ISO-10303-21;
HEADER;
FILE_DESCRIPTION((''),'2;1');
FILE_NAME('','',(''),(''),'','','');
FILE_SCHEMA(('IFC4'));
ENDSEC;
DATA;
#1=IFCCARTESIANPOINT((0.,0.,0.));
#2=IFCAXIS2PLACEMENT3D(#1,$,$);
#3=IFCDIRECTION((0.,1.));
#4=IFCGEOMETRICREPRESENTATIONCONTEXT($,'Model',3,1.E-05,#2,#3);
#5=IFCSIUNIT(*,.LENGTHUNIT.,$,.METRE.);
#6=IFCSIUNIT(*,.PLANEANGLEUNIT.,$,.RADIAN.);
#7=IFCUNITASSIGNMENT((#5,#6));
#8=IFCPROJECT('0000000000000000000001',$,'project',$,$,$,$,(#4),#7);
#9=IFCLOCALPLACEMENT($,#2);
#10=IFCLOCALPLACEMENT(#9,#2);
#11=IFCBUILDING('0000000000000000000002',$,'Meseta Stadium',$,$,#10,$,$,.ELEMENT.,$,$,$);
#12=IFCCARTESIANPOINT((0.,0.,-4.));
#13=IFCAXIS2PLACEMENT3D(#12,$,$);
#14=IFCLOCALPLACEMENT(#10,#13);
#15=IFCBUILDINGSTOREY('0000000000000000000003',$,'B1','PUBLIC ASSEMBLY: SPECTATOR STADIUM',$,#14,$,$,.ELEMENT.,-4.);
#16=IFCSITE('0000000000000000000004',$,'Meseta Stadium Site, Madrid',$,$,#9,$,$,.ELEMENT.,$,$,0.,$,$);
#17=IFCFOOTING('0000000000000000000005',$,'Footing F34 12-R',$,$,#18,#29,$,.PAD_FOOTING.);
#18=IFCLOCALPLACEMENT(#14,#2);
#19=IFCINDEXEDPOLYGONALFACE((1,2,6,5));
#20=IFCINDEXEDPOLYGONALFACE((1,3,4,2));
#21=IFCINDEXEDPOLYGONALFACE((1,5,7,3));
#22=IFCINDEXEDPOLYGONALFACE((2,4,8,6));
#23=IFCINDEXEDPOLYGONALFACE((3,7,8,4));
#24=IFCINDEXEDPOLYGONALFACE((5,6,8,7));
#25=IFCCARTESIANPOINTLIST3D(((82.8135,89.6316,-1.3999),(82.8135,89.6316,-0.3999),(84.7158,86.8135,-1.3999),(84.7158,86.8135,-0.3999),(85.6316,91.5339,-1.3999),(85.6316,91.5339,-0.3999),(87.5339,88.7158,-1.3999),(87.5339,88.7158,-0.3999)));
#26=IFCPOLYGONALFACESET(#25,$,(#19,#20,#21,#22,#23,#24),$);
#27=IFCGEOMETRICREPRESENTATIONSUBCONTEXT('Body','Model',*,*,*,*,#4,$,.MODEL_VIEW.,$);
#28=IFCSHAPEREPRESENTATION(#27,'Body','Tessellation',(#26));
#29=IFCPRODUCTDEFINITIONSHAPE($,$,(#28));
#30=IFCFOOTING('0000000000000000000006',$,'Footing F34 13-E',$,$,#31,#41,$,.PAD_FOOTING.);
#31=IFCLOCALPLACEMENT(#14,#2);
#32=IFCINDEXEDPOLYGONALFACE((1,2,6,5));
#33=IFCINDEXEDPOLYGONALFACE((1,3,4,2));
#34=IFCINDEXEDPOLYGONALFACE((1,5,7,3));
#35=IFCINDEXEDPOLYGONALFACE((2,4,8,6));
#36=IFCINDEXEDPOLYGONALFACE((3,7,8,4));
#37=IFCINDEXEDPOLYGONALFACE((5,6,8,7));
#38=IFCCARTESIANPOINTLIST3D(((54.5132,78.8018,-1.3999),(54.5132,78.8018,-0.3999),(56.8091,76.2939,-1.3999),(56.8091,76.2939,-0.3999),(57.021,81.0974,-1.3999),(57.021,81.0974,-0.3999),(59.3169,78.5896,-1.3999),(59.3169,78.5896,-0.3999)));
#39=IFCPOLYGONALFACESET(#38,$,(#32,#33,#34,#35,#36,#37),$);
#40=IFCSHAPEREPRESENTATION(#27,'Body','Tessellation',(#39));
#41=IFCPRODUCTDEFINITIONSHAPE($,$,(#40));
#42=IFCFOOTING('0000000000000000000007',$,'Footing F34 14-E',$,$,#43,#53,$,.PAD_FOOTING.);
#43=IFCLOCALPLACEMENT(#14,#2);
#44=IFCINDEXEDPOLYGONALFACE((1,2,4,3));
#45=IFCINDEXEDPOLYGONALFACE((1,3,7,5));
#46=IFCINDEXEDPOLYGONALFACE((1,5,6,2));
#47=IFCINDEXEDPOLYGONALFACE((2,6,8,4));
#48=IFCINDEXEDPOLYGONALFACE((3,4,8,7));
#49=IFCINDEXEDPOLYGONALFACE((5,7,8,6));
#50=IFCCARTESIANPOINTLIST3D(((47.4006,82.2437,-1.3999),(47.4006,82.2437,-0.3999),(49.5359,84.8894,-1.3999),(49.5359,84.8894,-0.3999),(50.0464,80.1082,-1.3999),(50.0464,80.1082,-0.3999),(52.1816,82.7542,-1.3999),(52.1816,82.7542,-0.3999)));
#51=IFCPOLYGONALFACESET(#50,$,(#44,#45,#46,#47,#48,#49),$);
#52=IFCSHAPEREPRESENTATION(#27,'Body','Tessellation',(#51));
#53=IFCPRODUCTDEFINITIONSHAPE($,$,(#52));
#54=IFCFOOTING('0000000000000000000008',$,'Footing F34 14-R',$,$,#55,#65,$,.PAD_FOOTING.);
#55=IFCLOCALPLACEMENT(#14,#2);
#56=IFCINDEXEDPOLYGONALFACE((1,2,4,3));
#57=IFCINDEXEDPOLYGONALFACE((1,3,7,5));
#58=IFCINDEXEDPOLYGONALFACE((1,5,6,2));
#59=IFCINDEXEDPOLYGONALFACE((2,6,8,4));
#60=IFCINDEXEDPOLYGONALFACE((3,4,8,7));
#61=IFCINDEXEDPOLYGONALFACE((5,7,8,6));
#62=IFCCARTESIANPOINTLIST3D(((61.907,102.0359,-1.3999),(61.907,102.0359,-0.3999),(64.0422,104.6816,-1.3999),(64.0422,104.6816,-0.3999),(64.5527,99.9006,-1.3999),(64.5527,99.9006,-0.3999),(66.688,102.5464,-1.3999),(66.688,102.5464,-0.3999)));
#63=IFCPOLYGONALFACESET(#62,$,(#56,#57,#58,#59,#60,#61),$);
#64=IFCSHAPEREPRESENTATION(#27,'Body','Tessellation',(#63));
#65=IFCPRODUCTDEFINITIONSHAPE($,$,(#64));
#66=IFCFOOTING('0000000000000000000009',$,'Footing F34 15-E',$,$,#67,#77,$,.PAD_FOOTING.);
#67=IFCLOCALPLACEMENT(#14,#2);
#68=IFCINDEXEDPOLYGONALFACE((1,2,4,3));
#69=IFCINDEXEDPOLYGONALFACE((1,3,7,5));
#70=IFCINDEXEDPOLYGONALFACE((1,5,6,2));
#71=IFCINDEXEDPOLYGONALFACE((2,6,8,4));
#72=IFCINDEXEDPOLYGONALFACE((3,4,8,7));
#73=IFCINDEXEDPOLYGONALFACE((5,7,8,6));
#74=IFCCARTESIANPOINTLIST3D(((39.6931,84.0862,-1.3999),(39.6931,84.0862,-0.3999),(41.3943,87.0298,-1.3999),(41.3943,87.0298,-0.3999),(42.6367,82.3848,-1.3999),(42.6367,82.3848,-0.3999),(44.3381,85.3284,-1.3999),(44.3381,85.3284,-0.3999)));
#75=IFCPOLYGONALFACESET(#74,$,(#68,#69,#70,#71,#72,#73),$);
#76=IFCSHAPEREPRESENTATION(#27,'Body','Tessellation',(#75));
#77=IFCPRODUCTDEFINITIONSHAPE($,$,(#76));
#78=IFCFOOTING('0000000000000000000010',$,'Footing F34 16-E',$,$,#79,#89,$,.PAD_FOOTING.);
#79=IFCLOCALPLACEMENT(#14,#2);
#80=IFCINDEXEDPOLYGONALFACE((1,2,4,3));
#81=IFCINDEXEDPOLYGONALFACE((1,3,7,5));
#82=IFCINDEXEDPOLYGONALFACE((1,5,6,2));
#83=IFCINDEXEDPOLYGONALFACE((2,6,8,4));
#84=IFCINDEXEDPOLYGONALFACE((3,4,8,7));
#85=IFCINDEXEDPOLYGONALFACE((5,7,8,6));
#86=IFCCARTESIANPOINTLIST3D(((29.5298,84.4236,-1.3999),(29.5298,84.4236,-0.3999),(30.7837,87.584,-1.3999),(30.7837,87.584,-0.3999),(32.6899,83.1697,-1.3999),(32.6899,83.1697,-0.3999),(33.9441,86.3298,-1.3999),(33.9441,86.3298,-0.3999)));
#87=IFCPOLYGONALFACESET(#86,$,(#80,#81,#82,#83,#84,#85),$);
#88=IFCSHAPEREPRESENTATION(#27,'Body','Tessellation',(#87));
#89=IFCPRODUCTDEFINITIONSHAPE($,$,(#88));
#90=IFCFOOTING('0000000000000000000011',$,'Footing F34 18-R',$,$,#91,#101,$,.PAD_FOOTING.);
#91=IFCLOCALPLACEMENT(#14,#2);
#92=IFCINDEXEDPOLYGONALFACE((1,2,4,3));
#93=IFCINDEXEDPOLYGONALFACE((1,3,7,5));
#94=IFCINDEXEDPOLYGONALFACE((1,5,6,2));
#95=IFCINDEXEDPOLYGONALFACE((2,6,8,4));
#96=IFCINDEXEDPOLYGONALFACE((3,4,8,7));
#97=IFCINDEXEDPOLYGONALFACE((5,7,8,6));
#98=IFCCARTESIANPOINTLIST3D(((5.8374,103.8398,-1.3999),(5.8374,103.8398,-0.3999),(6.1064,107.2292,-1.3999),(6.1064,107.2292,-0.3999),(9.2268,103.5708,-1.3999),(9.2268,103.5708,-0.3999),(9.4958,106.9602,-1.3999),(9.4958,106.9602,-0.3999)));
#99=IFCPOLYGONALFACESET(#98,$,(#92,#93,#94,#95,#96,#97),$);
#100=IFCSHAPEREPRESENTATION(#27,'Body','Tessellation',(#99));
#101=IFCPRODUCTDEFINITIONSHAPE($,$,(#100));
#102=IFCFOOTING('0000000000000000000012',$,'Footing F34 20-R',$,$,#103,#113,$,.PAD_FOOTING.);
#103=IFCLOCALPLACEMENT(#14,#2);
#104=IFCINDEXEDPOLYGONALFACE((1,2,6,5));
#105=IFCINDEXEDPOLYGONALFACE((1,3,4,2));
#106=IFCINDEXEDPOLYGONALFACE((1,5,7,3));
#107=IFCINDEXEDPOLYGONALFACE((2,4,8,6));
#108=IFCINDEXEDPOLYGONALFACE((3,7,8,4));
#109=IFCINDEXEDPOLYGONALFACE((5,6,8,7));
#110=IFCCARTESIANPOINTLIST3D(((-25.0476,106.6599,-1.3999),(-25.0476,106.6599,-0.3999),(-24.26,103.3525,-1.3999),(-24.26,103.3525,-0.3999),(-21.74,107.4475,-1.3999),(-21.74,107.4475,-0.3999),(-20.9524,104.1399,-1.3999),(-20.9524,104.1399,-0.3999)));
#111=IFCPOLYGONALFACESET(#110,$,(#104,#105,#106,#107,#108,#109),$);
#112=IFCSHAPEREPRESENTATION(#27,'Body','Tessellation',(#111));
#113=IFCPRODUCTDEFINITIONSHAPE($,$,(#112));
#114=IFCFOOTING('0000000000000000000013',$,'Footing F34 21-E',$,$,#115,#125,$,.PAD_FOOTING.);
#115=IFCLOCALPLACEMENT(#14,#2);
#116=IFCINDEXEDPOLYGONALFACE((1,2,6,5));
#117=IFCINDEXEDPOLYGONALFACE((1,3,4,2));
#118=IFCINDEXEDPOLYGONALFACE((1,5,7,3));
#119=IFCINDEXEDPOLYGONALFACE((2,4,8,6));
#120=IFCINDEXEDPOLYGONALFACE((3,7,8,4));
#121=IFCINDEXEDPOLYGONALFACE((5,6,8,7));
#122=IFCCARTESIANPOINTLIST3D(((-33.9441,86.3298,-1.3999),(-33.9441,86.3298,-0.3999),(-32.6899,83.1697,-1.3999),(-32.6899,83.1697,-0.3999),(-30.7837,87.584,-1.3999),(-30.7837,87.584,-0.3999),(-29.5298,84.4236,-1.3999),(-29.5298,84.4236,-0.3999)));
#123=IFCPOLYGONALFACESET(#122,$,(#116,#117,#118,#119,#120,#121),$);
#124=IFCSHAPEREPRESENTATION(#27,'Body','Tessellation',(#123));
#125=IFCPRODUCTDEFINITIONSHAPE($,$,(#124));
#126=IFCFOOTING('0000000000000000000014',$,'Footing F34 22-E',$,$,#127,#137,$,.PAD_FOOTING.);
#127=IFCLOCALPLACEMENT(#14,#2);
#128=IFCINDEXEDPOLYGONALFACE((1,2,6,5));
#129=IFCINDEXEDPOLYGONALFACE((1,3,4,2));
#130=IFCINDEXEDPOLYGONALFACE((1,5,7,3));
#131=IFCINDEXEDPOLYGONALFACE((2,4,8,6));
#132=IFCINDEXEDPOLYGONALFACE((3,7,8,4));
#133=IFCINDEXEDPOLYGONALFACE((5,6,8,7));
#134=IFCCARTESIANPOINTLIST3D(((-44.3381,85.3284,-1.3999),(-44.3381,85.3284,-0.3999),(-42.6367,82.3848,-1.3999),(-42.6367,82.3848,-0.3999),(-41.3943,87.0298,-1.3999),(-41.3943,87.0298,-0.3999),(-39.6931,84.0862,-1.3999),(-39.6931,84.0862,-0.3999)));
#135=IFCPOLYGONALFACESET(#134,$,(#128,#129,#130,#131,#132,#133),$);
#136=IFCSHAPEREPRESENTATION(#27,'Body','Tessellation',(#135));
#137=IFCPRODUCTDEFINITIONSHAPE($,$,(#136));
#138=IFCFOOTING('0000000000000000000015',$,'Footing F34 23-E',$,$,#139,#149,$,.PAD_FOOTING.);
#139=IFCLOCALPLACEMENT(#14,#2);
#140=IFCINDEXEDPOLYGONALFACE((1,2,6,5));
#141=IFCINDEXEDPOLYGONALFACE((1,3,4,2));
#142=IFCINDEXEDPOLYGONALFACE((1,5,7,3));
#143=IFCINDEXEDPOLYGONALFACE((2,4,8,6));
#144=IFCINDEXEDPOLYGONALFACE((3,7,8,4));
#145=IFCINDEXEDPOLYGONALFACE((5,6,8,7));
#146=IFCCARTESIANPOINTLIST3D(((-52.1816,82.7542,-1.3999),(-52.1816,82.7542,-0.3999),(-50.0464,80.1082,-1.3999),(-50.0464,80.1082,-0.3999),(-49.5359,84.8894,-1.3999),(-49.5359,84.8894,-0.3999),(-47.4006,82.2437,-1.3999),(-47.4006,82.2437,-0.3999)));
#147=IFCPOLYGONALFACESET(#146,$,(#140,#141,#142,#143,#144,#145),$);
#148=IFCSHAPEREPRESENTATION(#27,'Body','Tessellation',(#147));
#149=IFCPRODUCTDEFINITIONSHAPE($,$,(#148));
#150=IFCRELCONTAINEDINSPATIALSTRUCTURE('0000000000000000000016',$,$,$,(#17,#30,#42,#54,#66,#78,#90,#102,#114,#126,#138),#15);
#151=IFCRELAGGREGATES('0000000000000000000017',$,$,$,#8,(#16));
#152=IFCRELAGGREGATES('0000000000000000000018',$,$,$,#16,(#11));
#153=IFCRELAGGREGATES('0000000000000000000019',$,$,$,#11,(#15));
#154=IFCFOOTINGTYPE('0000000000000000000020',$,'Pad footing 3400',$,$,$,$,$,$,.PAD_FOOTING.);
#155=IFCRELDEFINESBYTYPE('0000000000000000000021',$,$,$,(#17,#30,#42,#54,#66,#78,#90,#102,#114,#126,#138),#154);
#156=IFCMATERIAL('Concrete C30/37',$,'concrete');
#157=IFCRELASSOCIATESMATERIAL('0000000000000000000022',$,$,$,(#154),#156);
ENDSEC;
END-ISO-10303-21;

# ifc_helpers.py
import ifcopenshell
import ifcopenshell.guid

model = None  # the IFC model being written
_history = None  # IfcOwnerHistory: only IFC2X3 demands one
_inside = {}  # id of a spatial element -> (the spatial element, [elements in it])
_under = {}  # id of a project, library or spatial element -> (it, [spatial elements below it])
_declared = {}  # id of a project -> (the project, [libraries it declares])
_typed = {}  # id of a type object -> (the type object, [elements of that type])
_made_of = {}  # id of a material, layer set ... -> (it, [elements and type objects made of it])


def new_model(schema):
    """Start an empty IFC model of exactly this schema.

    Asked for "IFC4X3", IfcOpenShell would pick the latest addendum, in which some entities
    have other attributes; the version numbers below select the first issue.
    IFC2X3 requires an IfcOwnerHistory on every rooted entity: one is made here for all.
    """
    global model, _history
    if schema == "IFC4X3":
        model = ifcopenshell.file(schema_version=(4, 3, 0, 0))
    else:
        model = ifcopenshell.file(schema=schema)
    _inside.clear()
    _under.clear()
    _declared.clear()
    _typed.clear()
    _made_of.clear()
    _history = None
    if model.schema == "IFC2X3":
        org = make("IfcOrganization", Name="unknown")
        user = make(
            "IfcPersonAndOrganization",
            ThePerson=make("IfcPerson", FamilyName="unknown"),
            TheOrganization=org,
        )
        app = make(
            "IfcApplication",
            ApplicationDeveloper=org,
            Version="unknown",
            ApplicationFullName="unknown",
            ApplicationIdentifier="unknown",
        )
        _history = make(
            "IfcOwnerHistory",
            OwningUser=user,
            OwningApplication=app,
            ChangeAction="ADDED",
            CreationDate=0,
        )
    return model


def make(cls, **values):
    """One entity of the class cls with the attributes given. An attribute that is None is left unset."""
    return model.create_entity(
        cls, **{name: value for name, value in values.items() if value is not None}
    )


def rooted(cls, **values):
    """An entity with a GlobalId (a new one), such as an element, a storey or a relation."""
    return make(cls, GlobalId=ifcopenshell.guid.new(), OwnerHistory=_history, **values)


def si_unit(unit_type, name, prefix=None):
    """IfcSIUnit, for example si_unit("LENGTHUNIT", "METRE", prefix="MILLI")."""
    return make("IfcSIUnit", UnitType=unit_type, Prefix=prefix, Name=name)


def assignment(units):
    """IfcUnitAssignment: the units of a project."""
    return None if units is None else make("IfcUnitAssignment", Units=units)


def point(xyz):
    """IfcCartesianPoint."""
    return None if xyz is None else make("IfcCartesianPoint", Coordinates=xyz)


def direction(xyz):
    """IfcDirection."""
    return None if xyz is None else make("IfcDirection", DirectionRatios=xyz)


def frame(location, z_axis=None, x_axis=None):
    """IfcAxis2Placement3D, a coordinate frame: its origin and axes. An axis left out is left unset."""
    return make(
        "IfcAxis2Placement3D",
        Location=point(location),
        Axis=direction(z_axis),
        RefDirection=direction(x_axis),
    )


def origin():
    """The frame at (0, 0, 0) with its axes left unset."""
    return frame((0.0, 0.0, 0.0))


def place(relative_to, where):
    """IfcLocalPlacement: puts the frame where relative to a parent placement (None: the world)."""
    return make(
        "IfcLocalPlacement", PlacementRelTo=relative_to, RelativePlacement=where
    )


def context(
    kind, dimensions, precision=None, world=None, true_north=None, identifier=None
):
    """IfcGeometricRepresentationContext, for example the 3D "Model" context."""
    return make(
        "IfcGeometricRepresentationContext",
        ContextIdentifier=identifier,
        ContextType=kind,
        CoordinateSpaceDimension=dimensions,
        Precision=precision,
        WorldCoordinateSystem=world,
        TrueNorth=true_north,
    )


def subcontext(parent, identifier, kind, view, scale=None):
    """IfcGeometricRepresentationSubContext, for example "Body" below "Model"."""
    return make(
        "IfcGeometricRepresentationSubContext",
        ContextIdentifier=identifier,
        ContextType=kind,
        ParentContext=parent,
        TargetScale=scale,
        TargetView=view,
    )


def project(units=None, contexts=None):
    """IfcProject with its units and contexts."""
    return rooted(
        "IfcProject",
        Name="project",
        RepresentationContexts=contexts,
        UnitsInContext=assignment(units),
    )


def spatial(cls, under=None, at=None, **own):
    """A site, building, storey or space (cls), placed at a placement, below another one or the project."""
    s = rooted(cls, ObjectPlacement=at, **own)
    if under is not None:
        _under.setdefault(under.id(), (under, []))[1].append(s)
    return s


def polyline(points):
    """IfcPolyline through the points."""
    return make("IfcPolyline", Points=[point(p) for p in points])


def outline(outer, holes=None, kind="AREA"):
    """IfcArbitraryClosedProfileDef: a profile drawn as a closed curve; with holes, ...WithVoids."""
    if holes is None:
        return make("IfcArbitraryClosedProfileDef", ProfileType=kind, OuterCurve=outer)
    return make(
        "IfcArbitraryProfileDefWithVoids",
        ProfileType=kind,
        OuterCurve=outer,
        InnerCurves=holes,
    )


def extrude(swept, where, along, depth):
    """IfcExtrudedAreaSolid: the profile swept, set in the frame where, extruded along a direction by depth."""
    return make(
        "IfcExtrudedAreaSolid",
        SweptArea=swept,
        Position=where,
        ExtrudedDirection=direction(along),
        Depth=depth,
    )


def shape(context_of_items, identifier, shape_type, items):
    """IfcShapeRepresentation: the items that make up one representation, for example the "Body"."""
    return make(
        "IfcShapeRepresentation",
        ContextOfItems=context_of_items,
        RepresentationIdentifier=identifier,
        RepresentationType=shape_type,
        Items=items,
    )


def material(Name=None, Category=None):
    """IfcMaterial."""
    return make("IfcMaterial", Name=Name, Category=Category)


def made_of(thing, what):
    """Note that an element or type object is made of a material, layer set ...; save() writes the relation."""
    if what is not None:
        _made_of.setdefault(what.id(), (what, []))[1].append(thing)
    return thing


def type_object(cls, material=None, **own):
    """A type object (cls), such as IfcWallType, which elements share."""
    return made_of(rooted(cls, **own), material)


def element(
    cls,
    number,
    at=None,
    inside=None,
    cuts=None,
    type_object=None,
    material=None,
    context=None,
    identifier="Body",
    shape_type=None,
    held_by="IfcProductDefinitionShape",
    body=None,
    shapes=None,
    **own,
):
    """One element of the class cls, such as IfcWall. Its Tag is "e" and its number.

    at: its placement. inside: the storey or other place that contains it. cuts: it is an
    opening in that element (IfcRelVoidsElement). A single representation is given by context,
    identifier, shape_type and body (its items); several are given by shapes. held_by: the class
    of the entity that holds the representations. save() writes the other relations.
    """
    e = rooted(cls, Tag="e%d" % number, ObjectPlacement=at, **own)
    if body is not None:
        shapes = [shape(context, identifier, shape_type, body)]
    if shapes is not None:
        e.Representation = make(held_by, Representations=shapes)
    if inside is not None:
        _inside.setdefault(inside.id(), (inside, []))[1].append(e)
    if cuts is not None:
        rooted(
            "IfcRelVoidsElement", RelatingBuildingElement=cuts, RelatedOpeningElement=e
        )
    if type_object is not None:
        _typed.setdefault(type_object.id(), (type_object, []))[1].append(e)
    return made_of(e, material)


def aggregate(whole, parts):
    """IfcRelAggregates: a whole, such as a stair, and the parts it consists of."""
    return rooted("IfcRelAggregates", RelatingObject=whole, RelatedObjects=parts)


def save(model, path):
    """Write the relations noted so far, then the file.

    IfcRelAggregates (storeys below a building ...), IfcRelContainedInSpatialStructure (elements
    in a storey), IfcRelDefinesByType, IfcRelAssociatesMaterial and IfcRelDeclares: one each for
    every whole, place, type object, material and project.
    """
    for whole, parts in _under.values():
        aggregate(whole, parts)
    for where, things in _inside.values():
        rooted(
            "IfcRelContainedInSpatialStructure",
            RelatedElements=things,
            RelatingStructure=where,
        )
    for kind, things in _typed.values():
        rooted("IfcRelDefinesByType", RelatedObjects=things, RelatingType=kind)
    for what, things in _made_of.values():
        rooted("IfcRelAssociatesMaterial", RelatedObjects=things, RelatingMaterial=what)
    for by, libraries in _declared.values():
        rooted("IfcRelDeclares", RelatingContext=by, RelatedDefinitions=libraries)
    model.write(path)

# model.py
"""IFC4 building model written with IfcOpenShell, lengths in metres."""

from ifc_helpers import new_model, si_unit, direction, frame, origin, place, context, subcontext, project, spatial, polyline, outline, extrude, material, type_object, element, save


model = new_model("IFC4")

# Units and contexts
model_context = context("Model", 3, precision=1e-05, world=origin(), true_north=direction((0.0, 1.0)))
body_context = subcontext(model_context, "Body", "Model", "MODEL_VIEW")
ifc_project = project(units=[si_unit("LENGTHUNIT", "METRE"), si_unit("PLANEANGLEUNIT", "RADIAN")], contexts=[model_context])

# Site, building, storey
site_placement = place(None, origin())
site = spatial("IfcSite", under=ifc_project, at=site_placement, Name="Meseta Stadium Site, Madrid", CompositionType="ELEMENT", RefElevation=0.0)
building_placement = place(site_placement, origin())
building = spatial("IfcBuilding", under=site, at=building_placement, Name="Meseta Stadium", CompositionType="ELEMENT")
storey_placement = place(building_placement, frame((0.0, 0.0, -4.0)))
storey = spatial("IfcBuildingStorey", under=building, at=storey_placement, Name="B1", Description="PUBLIC ASSEMBLY: SPECTATOR STADIUM", CompositionType="ELEMENT", Elevation=-4.0)

# Footings
ifc_material_1 = material(Name="Concrete C30/37", Category="concrete")
footing_type_1 = type_object("IfcFootingType", Name="Pad footing 3400", PredefinedType="PAD_FOOTING", material=ifc_material_1)
footing_1_placement = place(storey_placement, frame((0.0, 0.0, -1.3999)))
element("IfcFooting", 1, at=footing_1_placement, inside=storey, type_object=footing_type_1, Name="Footing F34 12-R", PredefinedType="PAD_FOOTING", context=body_context, shape_type="SweptSolid", body=[
    extrude(outline(polyline([(84.7158, 86.8135), (87.5339, 88.7158), (85.6316, 91.5339), (82.8135, 89.6316), (84.7158, 86.8135)])), origin(), (0.0, 0.0, 1.0), 1.0),
])
footing_2_placement = place(storey_placement, frame((0.0, 0.0, -1.3999)))
element("IfcFooting", 2, at=footing_2_placement, inside=storey, type_object=footing_type_1, Name="Footing F34 13-E", PredefinedType="PAD_FOOTING", context=body_context, shape_type="SweptSolid", body=[
    extrude(outline(polyline([(56.8091, 76.2939), (59.3169, 78.5896), (57.021, 81.0974), (54.5132, 78.8018), (56.8091, 76.2939)])), origin(), (0.0, 0.0, 1.0), 1.0),
])
footing_3_placement = place(storey_placement, frame((0.0, 0.0, -1.3999)))
element("IfcFooting", 3, at=footing_3_placement, inside=storey, type_object=footing_type_1, Name="Footing F34 14-E", PredefinedType="PAD_FOOTING", context=body_context, shape_type="SweptSolid", body=[
    extrude(outline(polyline([(50.0464, 80.1082), (52.1816, 82.7542), (49.5359, 84.8894), (47.4006, 82.2437), (50.0464, 80.1082)])), origin(), (0.0, 0.0, 1.0), 1.0),
])
footing_4_placement = place(storey_placement, frame((0.0, 0.0, -1.3999)))
element("IfcFooting", 4, at=footing_4_placement, inside=storey, type_object=footing_type_1, Name="Footing F34 14-R", PredefinedType="PAD_FOOTING", context=body_context, shape_type="SweptSolid", body=[
    extrude(outline(polyline([(64.5527, 99.9006), (66.688, 102.5464), (64.0422, 104.6816), (61.907, 102.0359), (64.5527, 99.9006)])), origin(), (0.0, 0.0, 1.0), 1.0),
])
footing_5_placement = place(storey_placement, frame((0.0, 0.0, -1.3999)))
element("IfcFooting", 5, at=footing_5_placement, inside=storey, type_object=footing_type_1, Name="Footing F34 15-E", PredefinedType="PAD_FOOTING", context=body_context, shape_type="SweptSolid", body=[
    extrude(outline(polyline([(42.6367, 82.3848), (44.3381, 85.3284), (41.3943, 87.0298), (39.6931, 84.0862), (42.6367, 82.3848)])), origin(), (0.0, 0.0, 1.0), 1.0),
])
footing_6_placement = place(storey_placement, frame((0.0, 0.0, -1.3999)))
element("IfcFooting", 6, at=footing_6_placement, inside=storey, type_object=footing_type_1, Name="Footing F34 16-E", PredefinedType="PAD_FOOTING", context=body_context, shape_type="SweptSolid", body=[
    extrude(outline(polyline([(32.6899, 83.1697), (33.9441, 86.3298), (30.7837, 87.584), (29.5298, 84.4236), (32.6899, 83.1697)])), origin(), (0.0, 0.0, 1.0), 1.0),
])
footing_7_placement = place(storey_placement, frame((0.0, 0.0, -1.3999)))
element("IfcFooting", 7, at=footing_7_placement, inside=storey, type_object=footing_type_1, Name="Footing F34 18-R", PredefinedType="PAD_FOOTING", context=body_context, shape_type="SweptSolid", body=[
    extrude(outline(polyline([(9.2268, 103.5708), (9.4958, 106.9602), (6.1064, 107.2292), (5.8374, 103.8398), (9.2268, 103.5708)])), origin(), (0.0, 0.0, 1.0), 1.0),
])
footing_8_placement = place(storey_placement, frame((0.0, 0.0, -1.3999)))
element("IfcFooting", 8, at=footing_8_placement, inside=storey, type_object=footing_type_1, Name="Footing F34 20-R", PredefinedType="PAD_FOOTING", context=body_context, shape_type="SweptSolid", body=[
    extrude(outline(polyline([(-20.9524, 104.1399), (-21.74, 107.4475), (-25.0476, 106.6599), (-24.26, 103.3525), (-20.9524, 104.1399)])), origin(), (0.0, 0.0, 1.0), 1.0),
])
footing_9_placement = place(storey_placement, frame((0.0, 0.0, -1.3999)))
element("IfcFooting", 9, at=footing_9_placement, inside=storey, type_object=footing_type_1, Name="Footing F34 21-E", PredefinedType="PAD_FOOTING", context=body_context, shape_type="SweptSolid", body=[
    extrude(outline(polyline([(-29.5298, 84.4236), (-30.7837, 87.584), (-33.9441, 86.3298), (-32.6899, 83.1697), (-29.5298, 84.4236)])), origin(), (0.0, 0.0, 1.0), 1.0),
])
footing_10_placement = place(storey_placement, frame((0.0, 0.0, -1.3999)))
element("IfcFooting", 10, at=footing_10_placement, inside=storey, type_object=footing_type_1, Name="Footing F34 22-E", PredefinedType="PAD_FOOTING", context=body_context, shape_type="SweptSolid", body=[
    extrude(outline(polyline([(-39.6931, 84.0862), (-41.3943, 87.0298), (-44.3381, 85.3284), (-42.6367, 82.3848), (-39.6931, 84.0862)])), origin(), (0.0, 0.0, 1.0), 1.0),
])
footing_11_placement = place(storey_placement, frame((0.0, 0.0, -1.3999)))
element("IfcFooting", 11, at=footing_11_placement, inside=storey, type_object=footing_type_1, Name="Footing F34 23-E", PredefinedType="PAD_FOOTING", context=body_context, shape_type="SweptSolid", body=[
    extrude(outline(polyline([(-47.4006, 82.2437), (-49.5359, 84.8894), (-52.1816, 82.7542), (-50.0464, 80.1082), (-47.4006, 82.2437)])), origin(), (0.0, 0.0, 1.0), 1.0),
])

save(model, "model.ifc")
